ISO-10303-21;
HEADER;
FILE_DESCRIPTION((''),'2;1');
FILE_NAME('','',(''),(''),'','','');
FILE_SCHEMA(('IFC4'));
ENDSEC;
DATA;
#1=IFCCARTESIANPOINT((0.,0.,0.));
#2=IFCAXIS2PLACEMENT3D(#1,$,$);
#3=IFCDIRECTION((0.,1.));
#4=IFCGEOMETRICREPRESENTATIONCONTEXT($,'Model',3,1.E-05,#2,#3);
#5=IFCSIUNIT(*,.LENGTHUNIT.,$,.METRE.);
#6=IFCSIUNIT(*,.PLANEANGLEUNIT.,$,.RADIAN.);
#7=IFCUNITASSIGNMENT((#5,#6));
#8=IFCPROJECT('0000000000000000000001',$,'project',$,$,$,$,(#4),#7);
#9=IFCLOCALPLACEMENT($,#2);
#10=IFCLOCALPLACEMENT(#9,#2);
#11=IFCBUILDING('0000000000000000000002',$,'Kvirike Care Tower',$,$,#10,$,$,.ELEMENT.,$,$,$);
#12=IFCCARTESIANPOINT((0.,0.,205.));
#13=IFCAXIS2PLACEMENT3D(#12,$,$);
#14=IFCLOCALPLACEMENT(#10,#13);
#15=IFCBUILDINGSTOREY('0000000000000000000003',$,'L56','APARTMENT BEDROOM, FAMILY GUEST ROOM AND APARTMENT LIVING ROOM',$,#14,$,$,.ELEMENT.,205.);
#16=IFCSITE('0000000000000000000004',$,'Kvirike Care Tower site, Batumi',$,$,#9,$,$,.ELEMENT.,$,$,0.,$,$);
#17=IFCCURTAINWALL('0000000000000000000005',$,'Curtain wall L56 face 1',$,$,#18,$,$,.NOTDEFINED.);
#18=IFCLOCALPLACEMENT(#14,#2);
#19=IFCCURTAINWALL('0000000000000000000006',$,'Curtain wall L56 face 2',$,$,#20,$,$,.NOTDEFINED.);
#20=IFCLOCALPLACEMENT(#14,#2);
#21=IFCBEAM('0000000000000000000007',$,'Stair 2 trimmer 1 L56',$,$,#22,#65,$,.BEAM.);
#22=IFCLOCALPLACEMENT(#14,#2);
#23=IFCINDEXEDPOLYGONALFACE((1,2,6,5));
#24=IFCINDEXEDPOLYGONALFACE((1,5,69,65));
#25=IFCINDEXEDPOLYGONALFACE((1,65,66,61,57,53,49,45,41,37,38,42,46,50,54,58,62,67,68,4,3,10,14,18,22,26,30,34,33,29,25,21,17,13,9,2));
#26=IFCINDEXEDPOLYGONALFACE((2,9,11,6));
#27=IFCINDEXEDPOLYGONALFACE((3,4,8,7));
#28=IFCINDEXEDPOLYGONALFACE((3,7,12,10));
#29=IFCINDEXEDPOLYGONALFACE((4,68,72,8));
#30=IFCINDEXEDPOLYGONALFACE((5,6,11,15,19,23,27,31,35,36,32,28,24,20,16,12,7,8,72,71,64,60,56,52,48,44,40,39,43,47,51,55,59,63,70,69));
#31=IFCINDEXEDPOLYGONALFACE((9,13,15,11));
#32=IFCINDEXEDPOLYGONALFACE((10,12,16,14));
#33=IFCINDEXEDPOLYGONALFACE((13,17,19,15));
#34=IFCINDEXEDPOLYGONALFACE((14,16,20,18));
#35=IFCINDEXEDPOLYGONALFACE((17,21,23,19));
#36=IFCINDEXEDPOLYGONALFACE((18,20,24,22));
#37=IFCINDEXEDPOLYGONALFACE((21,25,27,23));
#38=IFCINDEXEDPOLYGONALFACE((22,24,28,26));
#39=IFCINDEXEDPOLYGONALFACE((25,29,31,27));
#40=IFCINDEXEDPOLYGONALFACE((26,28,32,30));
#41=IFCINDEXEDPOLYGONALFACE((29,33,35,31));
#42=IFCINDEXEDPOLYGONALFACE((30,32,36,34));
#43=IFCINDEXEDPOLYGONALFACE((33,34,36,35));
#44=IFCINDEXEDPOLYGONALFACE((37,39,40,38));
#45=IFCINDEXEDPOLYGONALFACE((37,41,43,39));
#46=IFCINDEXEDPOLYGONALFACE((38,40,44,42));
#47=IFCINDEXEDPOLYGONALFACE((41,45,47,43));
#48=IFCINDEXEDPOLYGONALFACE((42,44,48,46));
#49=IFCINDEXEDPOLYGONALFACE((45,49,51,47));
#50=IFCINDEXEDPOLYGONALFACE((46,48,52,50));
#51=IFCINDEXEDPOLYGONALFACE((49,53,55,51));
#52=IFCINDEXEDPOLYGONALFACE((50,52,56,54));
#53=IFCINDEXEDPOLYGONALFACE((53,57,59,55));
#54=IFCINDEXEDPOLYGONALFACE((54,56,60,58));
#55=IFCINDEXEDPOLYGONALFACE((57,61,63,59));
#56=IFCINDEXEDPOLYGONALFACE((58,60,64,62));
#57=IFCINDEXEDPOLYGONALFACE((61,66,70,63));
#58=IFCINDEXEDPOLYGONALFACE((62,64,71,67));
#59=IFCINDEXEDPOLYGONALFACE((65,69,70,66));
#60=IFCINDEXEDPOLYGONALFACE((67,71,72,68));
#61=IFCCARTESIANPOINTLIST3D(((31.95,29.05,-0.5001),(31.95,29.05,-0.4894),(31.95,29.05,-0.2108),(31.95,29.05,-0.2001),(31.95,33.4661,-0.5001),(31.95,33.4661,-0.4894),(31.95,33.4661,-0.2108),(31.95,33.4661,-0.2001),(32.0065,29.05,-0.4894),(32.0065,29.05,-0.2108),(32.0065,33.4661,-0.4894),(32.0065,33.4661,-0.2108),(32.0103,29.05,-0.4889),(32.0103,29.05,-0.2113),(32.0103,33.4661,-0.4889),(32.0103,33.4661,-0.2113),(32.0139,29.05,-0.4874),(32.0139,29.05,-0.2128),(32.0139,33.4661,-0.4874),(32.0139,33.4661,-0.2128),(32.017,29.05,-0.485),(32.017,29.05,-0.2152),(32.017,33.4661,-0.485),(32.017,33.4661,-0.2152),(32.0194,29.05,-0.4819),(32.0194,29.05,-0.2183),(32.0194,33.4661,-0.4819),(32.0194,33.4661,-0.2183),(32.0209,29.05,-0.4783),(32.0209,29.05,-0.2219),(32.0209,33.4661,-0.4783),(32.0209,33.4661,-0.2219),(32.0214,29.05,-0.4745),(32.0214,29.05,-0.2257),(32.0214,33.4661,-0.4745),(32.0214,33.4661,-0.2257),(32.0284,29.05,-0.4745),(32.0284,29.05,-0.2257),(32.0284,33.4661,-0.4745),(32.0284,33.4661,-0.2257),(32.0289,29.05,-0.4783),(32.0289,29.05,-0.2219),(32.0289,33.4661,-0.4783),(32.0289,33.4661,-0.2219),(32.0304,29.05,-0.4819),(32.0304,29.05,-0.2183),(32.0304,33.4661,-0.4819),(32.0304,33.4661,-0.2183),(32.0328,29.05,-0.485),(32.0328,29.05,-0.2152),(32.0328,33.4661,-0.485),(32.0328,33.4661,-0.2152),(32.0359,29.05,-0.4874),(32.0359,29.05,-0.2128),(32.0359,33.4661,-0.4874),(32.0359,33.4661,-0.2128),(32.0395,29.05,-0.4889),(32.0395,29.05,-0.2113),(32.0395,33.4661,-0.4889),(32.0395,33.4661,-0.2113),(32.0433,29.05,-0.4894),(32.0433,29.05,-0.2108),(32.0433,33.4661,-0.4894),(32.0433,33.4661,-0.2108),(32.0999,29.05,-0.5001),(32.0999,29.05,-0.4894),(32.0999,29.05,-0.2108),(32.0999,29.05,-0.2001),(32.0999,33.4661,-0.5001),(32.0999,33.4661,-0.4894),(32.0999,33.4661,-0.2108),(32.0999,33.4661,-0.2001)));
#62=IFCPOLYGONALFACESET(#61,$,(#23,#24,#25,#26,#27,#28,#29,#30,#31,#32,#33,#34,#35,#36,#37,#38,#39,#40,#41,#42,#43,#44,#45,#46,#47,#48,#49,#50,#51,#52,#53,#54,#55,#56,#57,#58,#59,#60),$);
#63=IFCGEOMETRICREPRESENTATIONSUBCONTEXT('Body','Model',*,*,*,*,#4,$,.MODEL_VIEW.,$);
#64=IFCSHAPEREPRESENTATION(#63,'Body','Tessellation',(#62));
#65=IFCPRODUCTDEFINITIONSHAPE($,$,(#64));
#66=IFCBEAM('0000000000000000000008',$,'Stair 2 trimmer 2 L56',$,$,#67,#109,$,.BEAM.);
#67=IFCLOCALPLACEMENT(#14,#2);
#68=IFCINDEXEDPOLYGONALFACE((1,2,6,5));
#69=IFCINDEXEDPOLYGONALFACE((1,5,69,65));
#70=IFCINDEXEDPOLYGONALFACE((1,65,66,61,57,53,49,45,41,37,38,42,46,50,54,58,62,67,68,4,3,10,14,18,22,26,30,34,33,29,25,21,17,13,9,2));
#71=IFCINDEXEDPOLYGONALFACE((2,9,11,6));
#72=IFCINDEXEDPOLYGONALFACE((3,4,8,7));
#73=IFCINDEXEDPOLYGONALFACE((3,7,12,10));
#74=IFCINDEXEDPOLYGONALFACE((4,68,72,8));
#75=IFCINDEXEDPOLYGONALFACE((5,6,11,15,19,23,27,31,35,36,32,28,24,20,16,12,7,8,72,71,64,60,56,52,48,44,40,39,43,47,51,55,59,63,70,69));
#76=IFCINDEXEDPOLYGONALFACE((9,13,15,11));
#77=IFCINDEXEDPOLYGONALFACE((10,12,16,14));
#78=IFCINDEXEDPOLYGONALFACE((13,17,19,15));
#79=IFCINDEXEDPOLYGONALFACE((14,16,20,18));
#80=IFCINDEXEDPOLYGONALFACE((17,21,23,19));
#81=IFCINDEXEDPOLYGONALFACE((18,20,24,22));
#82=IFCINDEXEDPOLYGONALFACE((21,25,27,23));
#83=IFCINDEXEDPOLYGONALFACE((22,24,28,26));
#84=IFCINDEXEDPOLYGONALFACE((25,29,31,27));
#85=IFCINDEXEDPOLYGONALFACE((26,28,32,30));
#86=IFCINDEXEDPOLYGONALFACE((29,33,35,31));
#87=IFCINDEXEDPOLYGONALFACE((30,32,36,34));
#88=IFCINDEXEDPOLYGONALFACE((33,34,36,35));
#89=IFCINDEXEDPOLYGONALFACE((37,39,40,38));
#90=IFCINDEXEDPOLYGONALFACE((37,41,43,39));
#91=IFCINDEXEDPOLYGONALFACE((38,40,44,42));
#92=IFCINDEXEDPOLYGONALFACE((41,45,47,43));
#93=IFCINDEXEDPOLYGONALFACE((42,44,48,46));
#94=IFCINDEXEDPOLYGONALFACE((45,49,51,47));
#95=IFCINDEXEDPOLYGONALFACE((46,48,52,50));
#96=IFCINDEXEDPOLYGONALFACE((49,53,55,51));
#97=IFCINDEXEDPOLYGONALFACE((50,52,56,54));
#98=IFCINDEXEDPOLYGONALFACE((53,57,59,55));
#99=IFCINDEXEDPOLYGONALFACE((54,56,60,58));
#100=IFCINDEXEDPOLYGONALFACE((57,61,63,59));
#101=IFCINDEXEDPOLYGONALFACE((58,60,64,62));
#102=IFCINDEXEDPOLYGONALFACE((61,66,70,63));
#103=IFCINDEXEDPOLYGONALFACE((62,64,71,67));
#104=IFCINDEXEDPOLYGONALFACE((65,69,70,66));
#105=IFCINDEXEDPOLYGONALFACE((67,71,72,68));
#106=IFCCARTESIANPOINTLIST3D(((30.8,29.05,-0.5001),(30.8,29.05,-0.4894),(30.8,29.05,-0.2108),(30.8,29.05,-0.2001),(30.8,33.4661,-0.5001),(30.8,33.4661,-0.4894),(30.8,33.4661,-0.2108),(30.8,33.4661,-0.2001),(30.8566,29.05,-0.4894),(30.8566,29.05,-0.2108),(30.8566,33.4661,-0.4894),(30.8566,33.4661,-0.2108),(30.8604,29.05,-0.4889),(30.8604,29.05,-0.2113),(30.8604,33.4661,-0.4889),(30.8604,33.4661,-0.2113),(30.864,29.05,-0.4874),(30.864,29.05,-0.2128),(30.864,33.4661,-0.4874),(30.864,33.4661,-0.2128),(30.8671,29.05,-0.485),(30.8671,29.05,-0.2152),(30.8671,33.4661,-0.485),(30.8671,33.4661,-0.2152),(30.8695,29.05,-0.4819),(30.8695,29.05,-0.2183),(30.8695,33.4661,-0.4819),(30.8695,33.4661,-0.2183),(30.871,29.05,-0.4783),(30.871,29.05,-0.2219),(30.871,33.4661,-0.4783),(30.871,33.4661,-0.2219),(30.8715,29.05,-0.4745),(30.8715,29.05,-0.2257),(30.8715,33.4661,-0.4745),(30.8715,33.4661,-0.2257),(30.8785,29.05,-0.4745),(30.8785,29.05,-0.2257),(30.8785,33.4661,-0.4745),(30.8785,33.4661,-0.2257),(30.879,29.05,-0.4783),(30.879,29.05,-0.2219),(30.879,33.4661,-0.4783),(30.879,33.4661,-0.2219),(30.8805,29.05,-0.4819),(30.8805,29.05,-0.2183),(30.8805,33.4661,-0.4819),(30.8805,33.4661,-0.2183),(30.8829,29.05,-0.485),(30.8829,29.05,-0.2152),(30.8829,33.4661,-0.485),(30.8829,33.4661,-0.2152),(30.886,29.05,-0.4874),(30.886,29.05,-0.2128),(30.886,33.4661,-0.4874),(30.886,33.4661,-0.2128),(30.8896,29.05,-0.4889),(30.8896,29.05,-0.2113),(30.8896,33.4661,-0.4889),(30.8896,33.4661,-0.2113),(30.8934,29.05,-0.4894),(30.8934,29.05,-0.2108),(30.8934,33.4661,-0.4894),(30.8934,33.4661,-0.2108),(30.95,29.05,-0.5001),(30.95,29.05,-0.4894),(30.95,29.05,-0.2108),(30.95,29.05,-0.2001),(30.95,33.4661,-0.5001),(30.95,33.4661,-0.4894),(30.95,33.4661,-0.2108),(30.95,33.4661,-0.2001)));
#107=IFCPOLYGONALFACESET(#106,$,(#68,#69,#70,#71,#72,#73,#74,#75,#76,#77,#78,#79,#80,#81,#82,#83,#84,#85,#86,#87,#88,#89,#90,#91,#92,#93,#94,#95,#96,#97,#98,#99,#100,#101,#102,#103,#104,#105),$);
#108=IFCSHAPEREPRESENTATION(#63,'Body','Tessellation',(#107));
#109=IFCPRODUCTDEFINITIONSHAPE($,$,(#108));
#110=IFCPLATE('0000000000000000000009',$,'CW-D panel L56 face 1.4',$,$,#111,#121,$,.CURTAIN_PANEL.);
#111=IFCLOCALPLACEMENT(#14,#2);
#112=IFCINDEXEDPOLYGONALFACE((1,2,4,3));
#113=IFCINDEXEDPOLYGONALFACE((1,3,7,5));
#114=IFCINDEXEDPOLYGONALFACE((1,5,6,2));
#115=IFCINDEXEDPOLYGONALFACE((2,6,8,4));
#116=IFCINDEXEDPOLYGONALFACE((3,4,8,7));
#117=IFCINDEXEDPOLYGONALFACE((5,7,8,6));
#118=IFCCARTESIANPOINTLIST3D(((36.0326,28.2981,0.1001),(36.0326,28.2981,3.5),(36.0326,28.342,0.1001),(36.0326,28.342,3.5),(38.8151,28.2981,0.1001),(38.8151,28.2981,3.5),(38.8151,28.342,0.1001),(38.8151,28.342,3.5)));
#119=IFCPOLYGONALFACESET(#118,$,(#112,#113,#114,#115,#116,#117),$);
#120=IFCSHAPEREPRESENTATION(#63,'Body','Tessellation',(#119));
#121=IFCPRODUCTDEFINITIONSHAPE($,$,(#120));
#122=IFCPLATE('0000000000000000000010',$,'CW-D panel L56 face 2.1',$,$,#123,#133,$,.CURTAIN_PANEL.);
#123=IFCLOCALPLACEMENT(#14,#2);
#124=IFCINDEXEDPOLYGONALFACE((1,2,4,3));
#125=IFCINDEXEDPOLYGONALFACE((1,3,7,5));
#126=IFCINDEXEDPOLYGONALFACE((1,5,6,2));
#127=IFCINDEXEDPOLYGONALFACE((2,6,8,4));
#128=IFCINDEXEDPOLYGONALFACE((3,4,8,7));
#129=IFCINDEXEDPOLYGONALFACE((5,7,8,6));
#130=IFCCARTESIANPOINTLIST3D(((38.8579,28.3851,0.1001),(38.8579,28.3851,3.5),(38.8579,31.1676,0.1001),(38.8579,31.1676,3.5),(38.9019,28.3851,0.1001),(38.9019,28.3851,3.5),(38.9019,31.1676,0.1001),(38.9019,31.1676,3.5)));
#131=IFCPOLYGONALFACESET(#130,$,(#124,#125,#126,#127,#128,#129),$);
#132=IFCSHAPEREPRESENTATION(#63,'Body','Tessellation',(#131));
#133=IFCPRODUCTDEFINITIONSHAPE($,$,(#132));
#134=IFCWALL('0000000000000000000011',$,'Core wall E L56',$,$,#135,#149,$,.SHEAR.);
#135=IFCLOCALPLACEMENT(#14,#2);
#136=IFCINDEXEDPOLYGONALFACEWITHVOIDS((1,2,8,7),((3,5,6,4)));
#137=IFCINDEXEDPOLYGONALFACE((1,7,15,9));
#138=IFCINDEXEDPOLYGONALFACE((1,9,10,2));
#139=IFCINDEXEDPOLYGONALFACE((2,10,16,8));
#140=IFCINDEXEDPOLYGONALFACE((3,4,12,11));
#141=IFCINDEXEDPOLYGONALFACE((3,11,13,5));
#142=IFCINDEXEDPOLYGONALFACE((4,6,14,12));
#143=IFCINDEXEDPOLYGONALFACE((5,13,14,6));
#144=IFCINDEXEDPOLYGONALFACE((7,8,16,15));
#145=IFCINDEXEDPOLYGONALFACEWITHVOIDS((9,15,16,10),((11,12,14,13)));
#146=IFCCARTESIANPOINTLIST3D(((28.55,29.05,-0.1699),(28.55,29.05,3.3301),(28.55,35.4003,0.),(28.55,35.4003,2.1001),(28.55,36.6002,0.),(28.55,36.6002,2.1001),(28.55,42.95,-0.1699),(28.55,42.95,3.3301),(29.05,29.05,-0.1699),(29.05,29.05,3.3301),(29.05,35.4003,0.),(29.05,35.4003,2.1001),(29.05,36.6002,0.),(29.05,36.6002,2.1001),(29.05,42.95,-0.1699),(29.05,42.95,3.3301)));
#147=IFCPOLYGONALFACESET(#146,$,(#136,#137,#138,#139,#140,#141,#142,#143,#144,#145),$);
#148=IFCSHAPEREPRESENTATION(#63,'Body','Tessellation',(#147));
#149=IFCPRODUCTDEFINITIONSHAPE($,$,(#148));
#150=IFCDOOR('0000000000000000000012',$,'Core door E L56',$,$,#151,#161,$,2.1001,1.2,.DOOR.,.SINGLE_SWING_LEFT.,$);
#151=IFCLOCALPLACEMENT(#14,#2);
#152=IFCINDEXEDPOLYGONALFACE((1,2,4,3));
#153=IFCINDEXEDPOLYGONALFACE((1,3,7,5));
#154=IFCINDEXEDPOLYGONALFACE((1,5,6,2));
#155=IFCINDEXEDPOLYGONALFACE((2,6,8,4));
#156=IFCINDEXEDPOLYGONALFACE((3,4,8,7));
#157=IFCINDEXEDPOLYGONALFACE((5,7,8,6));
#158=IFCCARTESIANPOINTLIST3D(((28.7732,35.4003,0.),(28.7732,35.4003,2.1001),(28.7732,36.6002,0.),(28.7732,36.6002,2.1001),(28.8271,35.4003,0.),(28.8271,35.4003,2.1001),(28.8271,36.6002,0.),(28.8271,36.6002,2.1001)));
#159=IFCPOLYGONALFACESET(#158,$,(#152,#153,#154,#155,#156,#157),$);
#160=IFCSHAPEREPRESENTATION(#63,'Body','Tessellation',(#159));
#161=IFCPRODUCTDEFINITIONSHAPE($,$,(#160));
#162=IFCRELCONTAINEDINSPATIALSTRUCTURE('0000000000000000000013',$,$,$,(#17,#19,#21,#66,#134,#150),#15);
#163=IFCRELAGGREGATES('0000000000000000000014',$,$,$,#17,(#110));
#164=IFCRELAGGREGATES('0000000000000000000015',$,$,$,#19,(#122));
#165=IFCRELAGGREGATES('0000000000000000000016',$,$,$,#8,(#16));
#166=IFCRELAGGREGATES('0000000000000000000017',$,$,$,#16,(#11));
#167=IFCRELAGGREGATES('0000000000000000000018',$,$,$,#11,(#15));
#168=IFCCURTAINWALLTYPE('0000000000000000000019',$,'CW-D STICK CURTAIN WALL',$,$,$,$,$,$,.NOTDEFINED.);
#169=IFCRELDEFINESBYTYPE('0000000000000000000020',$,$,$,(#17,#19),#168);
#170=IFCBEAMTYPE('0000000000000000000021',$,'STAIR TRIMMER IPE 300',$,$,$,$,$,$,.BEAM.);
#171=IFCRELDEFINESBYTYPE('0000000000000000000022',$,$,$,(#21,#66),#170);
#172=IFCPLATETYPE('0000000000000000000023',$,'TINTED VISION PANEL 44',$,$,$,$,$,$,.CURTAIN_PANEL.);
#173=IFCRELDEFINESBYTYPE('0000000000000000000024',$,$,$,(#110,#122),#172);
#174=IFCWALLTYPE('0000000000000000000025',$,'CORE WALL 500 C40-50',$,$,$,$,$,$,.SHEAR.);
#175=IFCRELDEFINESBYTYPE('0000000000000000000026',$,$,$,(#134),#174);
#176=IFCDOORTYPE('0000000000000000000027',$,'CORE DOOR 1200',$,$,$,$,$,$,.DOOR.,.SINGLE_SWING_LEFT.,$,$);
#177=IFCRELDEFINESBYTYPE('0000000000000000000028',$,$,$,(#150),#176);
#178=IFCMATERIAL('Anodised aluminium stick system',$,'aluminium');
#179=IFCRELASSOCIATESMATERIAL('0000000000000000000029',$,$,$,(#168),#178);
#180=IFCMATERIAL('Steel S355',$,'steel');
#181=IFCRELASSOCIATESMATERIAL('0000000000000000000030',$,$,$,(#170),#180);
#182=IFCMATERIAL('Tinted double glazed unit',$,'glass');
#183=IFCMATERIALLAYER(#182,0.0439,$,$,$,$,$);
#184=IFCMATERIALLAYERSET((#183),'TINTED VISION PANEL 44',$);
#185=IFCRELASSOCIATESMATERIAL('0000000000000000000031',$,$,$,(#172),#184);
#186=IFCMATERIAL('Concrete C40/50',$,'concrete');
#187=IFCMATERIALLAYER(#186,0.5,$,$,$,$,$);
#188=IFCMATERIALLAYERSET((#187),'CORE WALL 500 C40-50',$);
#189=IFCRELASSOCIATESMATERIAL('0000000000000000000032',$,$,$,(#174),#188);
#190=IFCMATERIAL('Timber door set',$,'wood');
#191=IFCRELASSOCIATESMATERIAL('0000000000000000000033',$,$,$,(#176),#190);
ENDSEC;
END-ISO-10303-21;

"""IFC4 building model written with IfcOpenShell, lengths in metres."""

from ifc_helpers import new_model, si_unit, direction, frame, frame_2d, origin, origin_2d, place, context, subcontext, project, spatial, rectangle, i_section, extrude, material, layer, layer_set, material_profile, profile_set, type_object, element, fill, aggregate, save


model = new_model("IFC4")

# Units and contexts
model_context = context("Model", 3, precision=1e-05, world=origin(), true_north=direction((0.0, 1.0)))
body_context = subcontext(model_context, "Body", "Model", "MODEL_VIEW")
ifc_project = project(units=[si_unit("LENGTHUNIT", "METRE"), si_unit("PLANEANGLEUNIT", "RADIAN")], contexts=[model_context])

# Site, building, storey
site_placement = place(None, origin())
site = spatial("IfcSite", under=ifc_project, at=site_placement, Name="Kvirike Care Tower site, Batumi", CompositionType="ELEMENT", RefElevation=0.0)
building_placement = place(site_placement, origin())
building = spatial("IfcBuilding", under=site, at=building_placement, Name="Kvirike Care Tower", CompositionType="ELEMENT")
storey_placement = place(building_placement, frame((0.0, 0.0, 205.0)))
storey = spatial("IfcBuildingStorey", under=building, at=storey_placement, Name="L56", Description="APARTMENT BEDROOM, FAMILY GUEST ROOM AND APARTMENT LIVING ROOM", CompositionType="ELEMENT", Elevation=205.0)

# Curtain walls
ifc_material_1 = material(Name="Anodised aluminium stick system", Category="aluminium")
curtain_wall_type = type_object("IfcCurtainWallType", Name="CW-D STICK CURTAIN WALL", PredefinedType="NOTDEFINED", material=ifc_material_1)
curtain_wall_1_placement = place(storey_placement, origin())
curtain_wall_1 = element("IfcCurtainWall", 1, at=curtain_wall_1_placement, inside=storey, type_object=curtain_wall_type, Name="Curtain wall L56 face 1", PredefinedType="NOTDEFINED")
curtain_wall_2_placement = place(storey_placement, origin())
curtain_wall_2 = element("IfcCurtainWall", 2, at=curtain_wall_2_placement, inside=storey, type_object=curtain_wall_type, Name="Curtain wall L56 face 2", PredefinedType="NOTDEFINED")

# Beams
ifc_material_2 = material(Name="Steel S355", Category="steel")
ifc_material_profile_1 = material_profile(ifc_material_2, i_section(OverallWidth=0.1499, OverallDepth=0.3, WebThickness=0.0071, FlangeThickness=0.0107, FilletRadius=0.0149, at=origin_2d()), Name="IPE 300")
ifc_profile_set_1 = profile_set([ifc_material_profile_1], Name="Steel S355")
beam_type_1 = type_object("IfcBeamType", Name="STAIR TRIMMER IPE 300", PredefinedType="BEAM", material=ifc_profile_set_1)
for number, where, z_axis, x_axis, name in (
    (3, (32.0249, 29.05, -0.3501), (0.0, 1.0, 0.0), (-1.0, 0.0, 0.0), "Stair 2 trimmer 1 L56"),
    (4, (30.875, 29.05, -0.3501), (0.0, 1.0, 0.0), (-1.0, 0.0, 0.0), "Stair 2 trimmer 2 L56"),
):
    element("IfcBeam", number, at=place(storey_placement, frame(where, z_axis=z_axis, x_axis=x_axis)), inside=storey, type_object=beam_type_1, Name=name, PredefinedType="BEAM", context=body_context, shape_type="SweptSolid", body=[
        extrude(i_section(OverallWidth=0.1499, OverallDepth=0.3, WebThickness=0.0071, FlangeThickness=0.0107, FilletRadius=0.0149, at=origin_2d()), origin(), (0.0, 0.0, 1.0), 4.416),
    ])

# Plates
ifc_material_3 = material(Name="Tinted double glazed unit", Category="glass")
ifc_layer_1 = layer(ifc_material_3, 0.0439)
ifc_layer_set_1 = layer_set([ifc_layer_1], Name="TINTED VISION PANEL 44")
plate_type = type_object("IfcPlateType", Name="TINTED VISION PANEL 44", PredefinedType="CURTAIN_PANEL", material=ifc_layer_set_1)
plate_1_placement = place(storey_placement, frame((37.4238, 28.3201, 0.1001), z_axis=(0.0, 0.0, 1.0), x_axis=(1.0, 0.0, 0.0)))
plate_1 = element("IfcPlate", 5, at=plate_1_placement, type_object=plate_type, Name="CW-D panel L56 face 1.4", PredefinedType="CURTAIN_PANEL", context=body_context, shape_type="SweptSolid", body=[
    extrude(rectangle(XDim=2.7825, YDim=0.0439, at=origin_2d()), origin(), (0.0, 0.0, 1.0), 3.3999),
])
aggregate(curtain_wall_1, [plate_1])
plate_2_placement = place(storey_placement, frame((38.8799, 29.7764, 0.1001), z_axis=(0.0, 0.0, 1.0), x_axis=(0.0, 1.0, 0.0)))
plate_2 = element("IfcPlate", 6, at=plate_2_placement, type_object=plate_type, Name="CW-D panel L56 face 2.1", PredefinedType="CURTAIN_PANEL", context=body_context, shape_type="SweptSolid", body=[
    extrude(rectangle(XDim=2.7825, YDim=0.0439, at=origin_2d()), origin(), (0.0, 0.0, 1.0), 3.3999),
])
aggregate(curtain_wall_2, [plate_2])

# Wall, opening, door
ifc_material_4 = material(Name="Concrete C40/50", Category="concrete")
ifc_layer_2 = layer(ifc_material_4, 0.5)
ifc_layer_set_2 = layer_set([ifc_layer_2], Name="CORE WALL 500 C40-50")
wall_type_1 = type_object("IfcWallType", Name="CORE WALL 500 C40-50", PredefinedType="SHEAR", material=ifc_layer_set_2)
wall_1_placement = place(storey_placement, frame((28.8, 29.05, -0.1699), z_axis=(0.0, 0.0, 1.0), x_axis=(0.0, 1.0, 0.0)))
wall_1 = element("IfcWall", 7, at=wall_1_placement, inside=storey, type_object=wall_type_1, Name="Core wall E L56", PredefinedType="SHEAR", context=body_context, shape_type="SweptSolid", body=[
    extrude(rectangle(XDim=13.8999, YDim=0.5, at=frame_2d((6.95, 0.0))), origin(), (0.0, 0.0, 1.0), 3.5),
])
opening_1_placement = place(wall_1_placement, frame((6.3501, 0.0, 0.1699)))
opening_1 = element("IfcOpeningElement", 8, at=opening_1_placement, cuts=wall_1, PredefinedType="OPENING", context=body_context, shape_type="SweptSolid", body=[
    extrude(rectangle(XDim=1.2, YDim=2.1001, at=frame_2d((0.6001, 1.05))), frame((0.0, 0.2605, 0.0), z_axis=(0.0, -1.0, 0.0), x_axis=(1.0, 0.0, 0.0)), (0.0, 0.0, 1.0), 0.521),
])
ifc_material_5 = material(Name="Timber door set", Category="wood")
door_type_1 = type_object("IfcDoorType", Name="CORE DOOR 1200", OperationType="SINGLE_SWING_LEFT", PredefinedType="DOOR", material=ifc_material_5)
door_1_placement = place(opening_1_placement, origin())
door_1 = element("IfcDoor", 9, at=door_1_placement, inside=storey, type_object=door_type_1, Name="Core door E L56", OperationType="SINGLE_SWING_LEFT", OverallHeight=2.1001, OverallWidth=1.2, PredefinedType="DOOR", context=body_context, shape_type="SweptSolid", body=[
    extrude(rectangle(XDim=1.2, YDim=2.1001, at=frame_2d((0.6001, 1.05))), frame((0.0, 0.0269, 0.0), z_axis=(0.0, -1.0, 0.0), x_axis=(1.0, 0.0, 0.0)), (0.0, 0.0, 1.0), 0.054),
])
fill(opening_1, door_1)

save(model, "model.ifc")
